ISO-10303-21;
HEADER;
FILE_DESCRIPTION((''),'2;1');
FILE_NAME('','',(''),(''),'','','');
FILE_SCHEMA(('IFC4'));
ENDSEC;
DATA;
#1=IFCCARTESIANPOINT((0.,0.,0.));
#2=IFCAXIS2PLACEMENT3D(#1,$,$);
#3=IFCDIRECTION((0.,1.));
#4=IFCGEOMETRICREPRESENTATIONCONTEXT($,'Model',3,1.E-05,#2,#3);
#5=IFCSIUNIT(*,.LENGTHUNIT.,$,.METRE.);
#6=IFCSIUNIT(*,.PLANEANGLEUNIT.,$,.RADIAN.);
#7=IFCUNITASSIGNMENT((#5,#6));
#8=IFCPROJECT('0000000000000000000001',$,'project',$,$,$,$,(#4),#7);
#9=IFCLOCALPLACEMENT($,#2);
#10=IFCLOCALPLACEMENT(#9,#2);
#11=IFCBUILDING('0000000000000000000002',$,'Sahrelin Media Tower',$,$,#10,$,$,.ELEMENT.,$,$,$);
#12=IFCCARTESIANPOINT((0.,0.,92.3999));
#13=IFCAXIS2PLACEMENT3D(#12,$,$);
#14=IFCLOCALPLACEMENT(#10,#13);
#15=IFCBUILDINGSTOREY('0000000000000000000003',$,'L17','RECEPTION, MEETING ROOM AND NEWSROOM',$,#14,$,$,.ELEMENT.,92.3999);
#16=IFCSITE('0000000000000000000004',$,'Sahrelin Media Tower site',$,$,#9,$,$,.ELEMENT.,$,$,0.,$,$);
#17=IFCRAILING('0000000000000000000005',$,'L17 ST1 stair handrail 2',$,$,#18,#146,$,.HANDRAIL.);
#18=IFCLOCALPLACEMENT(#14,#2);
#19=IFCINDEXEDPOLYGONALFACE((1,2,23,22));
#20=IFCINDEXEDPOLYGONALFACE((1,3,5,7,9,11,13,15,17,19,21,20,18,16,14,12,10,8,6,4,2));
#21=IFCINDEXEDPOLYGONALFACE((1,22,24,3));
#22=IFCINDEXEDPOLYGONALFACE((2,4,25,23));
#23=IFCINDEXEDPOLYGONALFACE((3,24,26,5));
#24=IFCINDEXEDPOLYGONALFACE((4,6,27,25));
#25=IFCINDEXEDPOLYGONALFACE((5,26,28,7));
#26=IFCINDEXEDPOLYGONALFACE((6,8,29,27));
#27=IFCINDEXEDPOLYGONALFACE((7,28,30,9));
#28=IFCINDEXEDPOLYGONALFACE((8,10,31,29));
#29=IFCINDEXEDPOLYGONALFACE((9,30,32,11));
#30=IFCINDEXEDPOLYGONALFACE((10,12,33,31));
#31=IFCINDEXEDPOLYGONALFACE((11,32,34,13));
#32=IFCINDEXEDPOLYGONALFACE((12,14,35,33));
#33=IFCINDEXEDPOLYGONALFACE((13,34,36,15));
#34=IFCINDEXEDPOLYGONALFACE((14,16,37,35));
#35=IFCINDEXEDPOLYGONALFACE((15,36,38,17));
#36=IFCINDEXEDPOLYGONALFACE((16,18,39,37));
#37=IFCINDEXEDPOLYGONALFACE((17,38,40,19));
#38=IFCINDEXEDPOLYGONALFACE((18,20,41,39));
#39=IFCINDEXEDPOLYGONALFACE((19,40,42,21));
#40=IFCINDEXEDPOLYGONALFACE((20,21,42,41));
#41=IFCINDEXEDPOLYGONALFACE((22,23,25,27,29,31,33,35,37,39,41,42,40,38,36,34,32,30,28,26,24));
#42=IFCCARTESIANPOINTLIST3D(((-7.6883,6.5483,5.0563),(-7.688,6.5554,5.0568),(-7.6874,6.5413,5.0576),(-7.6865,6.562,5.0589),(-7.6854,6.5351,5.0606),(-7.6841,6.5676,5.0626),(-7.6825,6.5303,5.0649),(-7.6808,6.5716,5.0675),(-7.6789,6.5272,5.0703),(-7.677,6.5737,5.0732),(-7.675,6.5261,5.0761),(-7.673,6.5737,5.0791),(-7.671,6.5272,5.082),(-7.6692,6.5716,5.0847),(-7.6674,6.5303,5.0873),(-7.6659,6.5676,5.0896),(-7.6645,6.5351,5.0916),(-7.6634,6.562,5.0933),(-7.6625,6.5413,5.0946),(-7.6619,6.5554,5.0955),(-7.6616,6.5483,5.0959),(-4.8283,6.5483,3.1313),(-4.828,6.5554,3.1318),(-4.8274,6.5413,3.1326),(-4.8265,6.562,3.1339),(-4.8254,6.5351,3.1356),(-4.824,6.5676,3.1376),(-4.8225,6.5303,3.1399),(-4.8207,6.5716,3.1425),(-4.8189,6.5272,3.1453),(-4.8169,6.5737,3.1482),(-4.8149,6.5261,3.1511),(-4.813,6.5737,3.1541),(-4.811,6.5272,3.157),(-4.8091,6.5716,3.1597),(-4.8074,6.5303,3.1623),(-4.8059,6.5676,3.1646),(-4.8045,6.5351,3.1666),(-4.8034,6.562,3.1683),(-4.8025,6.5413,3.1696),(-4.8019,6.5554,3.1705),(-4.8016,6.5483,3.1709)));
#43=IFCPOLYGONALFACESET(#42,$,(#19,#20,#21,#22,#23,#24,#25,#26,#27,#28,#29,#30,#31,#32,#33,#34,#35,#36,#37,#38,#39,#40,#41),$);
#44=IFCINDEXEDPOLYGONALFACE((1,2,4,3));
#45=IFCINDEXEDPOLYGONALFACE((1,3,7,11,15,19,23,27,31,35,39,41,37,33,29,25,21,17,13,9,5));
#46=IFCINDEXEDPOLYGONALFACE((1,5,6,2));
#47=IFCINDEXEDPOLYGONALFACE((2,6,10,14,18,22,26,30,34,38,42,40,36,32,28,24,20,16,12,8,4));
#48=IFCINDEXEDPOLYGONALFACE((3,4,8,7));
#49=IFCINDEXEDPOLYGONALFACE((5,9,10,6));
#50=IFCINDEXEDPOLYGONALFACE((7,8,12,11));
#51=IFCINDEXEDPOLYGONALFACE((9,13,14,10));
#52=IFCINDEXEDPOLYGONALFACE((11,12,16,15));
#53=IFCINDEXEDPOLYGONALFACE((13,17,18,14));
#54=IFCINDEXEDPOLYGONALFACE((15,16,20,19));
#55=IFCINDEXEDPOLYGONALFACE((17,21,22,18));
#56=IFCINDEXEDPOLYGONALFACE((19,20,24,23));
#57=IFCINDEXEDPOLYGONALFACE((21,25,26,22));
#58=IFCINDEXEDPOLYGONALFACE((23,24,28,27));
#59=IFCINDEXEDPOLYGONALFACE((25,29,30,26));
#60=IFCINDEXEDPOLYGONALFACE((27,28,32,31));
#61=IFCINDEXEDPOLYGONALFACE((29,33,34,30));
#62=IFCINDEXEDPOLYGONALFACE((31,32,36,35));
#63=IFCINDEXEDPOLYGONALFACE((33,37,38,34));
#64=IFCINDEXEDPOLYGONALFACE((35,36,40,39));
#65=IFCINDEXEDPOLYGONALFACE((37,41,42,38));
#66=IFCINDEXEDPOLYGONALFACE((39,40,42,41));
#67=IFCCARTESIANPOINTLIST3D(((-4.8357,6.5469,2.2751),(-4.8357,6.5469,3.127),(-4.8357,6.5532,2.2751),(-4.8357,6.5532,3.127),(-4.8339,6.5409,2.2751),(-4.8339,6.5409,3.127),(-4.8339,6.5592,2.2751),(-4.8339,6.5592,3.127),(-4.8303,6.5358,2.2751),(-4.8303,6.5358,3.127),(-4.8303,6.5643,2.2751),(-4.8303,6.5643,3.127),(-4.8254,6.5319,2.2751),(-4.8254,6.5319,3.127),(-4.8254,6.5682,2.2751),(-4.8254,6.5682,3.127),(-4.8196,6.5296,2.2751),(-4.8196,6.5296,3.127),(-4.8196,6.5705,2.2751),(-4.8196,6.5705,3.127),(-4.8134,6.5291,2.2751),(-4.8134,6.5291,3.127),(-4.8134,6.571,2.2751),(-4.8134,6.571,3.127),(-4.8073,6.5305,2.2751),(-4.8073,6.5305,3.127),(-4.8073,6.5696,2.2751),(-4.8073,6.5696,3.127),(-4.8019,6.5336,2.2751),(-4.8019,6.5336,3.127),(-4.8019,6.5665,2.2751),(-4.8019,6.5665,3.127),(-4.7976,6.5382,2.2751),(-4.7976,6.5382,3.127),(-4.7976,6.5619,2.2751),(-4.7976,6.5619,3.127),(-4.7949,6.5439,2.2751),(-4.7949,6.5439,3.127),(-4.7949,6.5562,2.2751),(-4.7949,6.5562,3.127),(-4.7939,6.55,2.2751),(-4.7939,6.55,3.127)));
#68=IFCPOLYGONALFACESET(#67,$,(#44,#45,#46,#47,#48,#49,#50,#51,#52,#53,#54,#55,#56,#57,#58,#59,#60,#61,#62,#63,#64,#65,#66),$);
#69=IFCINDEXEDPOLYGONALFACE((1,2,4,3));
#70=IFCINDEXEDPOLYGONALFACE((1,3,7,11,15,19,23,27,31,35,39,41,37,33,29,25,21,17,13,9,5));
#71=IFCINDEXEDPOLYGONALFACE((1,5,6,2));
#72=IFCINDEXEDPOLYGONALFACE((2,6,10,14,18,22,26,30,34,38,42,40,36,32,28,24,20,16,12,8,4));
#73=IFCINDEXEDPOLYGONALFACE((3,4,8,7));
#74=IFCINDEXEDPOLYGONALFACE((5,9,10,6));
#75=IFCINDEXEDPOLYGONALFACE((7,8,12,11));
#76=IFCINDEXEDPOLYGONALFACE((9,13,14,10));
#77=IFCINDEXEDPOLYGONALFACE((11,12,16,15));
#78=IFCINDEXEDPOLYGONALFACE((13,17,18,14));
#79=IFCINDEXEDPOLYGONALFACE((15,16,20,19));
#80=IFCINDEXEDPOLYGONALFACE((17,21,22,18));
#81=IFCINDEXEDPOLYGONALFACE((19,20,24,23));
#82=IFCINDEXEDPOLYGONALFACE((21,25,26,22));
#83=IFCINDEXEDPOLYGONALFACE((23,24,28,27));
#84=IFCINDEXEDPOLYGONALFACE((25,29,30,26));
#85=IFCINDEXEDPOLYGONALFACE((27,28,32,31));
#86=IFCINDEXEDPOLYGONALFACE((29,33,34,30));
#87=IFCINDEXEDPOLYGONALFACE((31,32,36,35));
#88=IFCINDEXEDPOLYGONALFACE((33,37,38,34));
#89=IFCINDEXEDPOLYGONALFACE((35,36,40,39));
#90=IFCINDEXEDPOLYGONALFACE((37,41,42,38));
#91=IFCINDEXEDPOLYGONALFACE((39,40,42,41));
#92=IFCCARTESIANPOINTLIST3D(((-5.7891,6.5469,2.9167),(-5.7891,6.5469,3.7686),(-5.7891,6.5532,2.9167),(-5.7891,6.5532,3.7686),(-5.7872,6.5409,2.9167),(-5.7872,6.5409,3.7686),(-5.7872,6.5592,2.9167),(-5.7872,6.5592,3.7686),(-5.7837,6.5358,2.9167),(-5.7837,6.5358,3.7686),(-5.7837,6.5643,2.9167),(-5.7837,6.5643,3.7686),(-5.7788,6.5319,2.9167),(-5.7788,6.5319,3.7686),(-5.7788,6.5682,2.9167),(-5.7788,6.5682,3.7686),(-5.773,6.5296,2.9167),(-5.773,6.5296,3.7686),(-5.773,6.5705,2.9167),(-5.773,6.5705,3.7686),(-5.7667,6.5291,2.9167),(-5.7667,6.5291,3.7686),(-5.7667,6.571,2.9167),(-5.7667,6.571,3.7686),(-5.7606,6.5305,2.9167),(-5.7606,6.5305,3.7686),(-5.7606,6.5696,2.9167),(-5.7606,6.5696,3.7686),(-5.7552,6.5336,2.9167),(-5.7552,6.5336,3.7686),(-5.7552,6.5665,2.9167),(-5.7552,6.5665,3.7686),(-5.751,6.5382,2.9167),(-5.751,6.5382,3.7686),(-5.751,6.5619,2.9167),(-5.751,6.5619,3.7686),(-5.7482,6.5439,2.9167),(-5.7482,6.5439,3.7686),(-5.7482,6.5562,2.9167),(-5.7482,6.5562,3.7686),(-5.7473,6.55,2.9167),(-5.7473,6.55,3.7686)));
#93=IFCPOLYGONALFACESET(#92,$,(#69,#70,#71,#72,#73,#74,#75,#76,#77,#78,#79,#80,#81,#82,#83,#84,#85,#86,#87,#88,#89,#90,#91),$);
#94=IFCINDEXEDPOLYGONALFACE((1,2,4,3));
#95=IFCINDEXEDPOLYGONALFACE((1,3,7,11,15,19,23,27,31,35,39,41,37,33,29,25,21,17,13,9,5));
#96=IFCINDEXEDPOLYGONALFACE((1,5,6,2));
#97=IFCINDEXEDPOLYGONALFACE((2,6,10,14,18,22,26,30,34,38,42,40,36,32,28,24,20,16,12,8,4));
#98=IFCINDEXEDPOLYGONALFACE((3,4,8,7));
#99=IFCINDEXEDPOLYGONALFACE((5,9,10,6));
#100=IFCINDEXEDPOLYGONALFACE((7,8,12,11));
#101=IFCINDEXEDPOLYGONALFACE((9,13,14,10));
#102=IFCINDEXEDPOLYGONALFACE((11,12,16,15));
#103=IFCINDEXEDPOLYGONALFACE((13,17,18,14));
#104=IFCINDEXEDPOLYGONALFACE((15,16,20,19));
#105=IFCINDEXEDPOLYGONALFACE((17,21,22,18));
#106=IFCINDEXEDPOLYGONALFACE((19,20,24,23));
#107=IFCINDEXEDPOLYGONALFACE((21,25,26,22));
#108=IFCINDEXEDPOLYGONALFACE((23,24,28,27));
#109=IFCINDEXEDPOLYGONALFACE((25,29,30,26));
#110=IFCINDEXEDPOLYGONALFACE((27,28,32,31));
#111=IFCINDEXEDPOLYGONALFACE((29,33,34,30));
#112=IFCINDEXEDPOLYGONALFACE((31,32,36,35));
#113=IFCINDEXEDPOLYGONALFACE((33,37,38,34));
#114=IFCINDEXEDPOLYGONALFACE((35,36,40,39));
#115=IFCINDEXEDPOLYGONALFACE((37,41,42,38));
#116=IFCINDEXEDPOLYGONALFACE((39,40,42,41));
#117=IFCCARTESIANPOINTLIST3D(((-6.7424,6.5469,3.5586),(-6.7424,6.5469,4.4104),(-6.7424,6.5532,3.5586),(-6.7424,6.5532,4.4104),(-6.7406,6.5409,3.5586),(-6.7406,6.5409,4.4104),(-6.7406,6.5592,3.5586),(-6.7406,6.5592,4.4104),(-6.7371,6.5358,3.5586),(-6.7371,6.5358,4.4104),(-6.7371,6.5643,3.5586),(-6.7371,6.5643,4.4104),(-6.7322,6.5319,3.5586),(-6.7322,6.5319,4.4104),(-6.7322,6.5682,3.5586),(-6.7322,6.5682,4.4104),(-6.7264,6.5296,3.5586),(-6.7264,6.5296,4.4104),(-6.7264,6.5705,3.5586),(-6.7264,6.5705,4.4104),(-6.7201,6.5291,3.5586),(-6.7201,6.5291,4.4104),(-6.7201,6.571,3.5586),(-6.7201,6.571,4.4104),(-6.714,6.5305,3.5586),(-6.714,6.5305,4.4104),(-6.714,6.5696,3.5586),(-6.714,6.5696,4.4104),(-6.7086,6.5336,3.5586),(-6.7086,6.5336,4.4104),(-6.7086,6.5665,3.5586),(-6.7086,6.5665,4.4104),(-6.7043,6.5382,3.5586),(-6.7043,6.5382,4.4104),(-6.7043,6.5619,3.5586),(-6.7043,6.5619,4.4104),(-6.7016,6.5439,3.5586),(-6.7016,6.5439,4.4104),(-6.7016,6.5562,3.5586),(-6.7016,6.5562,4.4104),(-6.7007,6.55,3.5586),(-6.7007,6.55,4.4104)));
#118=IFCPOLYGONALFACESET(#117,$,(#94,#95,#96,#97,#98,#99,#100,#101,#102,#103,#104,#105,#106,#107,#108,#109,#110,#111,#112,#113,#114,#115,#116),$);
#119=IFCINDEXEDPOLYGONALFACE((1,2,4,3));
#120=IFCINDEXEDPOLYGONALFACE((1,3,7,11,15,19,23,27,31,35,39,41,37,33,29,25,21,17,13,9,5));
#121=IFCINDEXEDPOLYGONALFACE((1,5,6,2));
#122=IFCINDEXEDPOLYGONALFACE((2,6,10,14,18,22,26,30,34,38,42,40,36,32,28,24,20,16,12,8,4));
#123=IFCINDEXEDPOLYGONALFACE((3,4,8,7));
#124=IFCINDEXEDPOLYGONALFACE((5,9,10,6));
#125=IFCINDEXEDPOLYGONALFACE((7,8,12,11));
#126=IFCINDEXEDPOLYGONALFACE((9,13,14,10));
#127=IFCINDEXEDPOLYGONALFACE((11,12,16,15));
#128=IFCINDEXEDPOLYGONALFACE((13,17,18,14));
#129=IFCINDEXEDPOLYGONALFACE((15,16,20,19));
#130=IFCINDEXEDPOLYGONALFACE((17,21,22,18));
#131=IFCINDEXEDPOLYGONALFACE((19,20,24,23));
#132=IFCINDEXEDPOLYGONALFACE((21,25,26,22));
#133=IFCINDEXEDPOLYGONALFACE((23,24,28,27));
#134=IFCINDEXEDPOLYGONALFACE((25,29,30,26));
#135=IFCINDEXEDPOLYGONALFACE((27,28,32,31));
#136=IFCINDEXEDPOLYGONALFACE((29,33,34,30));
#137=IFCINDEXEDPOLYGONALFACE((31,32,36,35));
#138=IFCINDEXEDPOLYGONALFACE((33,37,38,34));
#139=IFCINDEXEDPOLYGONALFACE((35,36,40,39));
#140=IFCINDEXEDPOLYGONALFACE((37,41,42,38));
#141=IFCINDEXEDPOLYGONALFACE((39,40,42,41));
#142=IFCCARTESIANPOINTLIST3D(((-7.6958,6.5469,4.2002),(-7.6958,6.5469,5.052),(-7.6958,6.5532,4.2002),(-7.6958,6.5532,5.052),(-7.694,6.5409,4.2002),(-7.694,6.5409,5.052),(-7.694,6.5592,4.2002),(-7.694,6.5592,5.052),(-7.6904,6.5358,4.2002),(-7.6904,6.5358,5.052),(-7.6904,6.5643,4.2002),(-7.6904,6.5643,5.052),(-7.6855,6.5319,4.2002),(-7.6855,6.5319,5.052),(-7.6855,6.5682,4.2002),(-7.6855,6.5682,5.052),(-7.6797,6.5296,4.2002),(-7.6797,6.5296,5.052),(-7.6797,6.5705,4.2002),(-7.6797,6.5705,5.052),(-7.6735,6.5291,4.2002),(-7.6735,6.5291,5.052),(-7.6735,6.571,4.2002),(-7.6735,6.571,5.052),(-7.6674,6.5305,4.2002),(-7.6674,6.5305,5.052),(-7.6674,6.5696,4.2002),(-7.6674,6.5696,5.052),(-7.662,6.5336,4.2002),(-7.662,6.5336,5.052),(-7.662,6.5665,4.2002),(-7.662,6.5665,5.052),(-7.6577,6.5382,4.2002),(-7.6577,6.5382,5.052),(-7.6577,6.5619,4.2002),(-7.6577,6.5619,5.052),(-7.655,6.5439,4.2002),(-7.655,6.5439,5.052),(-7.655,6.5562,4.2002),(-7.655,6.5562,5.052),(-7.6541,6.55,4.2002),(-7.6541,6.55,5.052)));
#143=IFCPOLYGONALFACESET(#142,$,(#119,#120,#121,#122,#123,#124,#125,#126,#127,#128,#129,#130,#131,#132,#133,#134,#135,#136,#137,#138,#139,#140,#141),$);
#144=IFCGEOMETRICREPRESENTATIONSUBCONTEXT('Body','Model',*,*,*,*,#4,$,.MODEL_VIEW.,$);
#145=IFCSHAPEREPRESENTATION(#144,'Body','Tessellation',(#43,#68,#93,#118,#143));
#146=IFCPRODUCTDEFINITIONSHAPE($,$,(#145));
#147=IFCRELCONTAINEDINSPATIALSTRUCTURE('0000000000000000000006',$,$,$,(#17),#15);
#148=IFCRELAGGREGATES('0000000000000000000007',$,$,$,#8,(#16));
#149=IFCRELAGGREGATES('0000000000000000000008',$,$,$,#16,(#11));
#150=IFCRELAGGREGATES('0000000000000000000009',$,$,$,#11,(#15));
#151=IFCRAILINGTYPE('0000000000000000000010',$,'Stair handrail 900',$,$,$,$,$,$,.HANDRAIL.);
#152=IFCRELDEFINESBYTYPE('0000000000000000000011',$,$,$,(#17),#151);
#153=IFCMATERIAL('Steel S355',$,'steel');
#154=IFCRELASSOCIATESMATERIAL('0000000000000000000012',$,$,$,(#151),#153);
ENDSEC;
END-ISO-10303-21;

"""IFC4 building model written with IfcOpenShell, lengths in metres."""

from ifc_helpers import new_model, si_unit, direction, frame, origin, origin_2d, place, context, subcontext, project, spatial, circle, extrude, material, type_object, element, save


model = new_model("IFC4")

# Units and contexts
model_context = context("Model", 3, precision=1e-05, world=origin(), true_north=direction((0.0, 1.0)))
body_context = subcontext(model_context, "Body", "Model", "MODEL_VIEW")
ifc_project = project(units=[si_unit("LENGTHUNIT", "METRE"), si_unit("PLANEANGLEUNIT", "RADIAN")], contexts=[model_context])

# Site, building, storey
site_placement = place(None, origin())
site = spatial("IfcSite", under=ifc_project, at=site_placement, Name="Sahrelin Media Tower site", CompositionType="ELEMENT", RefElevation=0.0)
building_placement = place(site_placement, origin())
building = spatial("IfcBuilding", under=site, at=building_placement, Name="Sahrelin Media Tower", CompositionType="ELEMENT")
storey_placement = place(building_placement, frame((0.0, 0.0, 92.3999)))
storey = spatial("IfcBuildingStorey", under=building, at=storey_placement, Name="L17", Description="RECEPTION, MEETING ROOM AND NEWSROOM", CompositionType="ELEMENT", Elevation=92.3999)

# Shared definitions
ifc_material_1 = material(Name="Steel S355", Category="steel")

# Railing
railing_type_1 = type_object("IfcRailingType", Name="Stair handrail 900", PredefinedType="HANDRAIL", material=ifc_material_1)
railing_1_placement = place(storey_placement, frame((-4.8149, 6.55, 2.2751)))
element("IfcRailing", 1, at=railing_1_placement, inside=storey, type_object=railing_type_1, Name="L17 ST1 stair handrail 2", PredefinedType="HANDRAIL", context=body_context, shape_type="SweptSolid", body=[
    extrude(circle(Radius=0.0239, at=origin_2d()), frame((0.0, 0.0, 0.876), z_axis=(-0.829591, 0.0, 0.558372), x_axis=(0.0, -1.0, 0.0)), (0.0, 0.0, 1.0), 3.4475),
    extrude(circle(Radius=0.021, at=origin_2d()), origin(), (0.0, 0.0, 1.0), 0.8518),
    extrude(circle(Radius=0.021, at=origin_2d()), frame((-0.9534, 0.0, 0.6416)), (0.0, 0.0, 1.0), 0.8518),
    extrude(circle(Radius=0.021, at=origin_2d()), frame((-1.9067, 0.0, 1.2834)), (0.0, 0.0, 1.0), 0.8518),
    extrude(circle(Radius=0.021, at=origin_2d()), frame((-2.8601, 0.0, 1.925)), (0.0, 0.0, 1.0), 0.8518),
])

save(model, "model.ifc")
